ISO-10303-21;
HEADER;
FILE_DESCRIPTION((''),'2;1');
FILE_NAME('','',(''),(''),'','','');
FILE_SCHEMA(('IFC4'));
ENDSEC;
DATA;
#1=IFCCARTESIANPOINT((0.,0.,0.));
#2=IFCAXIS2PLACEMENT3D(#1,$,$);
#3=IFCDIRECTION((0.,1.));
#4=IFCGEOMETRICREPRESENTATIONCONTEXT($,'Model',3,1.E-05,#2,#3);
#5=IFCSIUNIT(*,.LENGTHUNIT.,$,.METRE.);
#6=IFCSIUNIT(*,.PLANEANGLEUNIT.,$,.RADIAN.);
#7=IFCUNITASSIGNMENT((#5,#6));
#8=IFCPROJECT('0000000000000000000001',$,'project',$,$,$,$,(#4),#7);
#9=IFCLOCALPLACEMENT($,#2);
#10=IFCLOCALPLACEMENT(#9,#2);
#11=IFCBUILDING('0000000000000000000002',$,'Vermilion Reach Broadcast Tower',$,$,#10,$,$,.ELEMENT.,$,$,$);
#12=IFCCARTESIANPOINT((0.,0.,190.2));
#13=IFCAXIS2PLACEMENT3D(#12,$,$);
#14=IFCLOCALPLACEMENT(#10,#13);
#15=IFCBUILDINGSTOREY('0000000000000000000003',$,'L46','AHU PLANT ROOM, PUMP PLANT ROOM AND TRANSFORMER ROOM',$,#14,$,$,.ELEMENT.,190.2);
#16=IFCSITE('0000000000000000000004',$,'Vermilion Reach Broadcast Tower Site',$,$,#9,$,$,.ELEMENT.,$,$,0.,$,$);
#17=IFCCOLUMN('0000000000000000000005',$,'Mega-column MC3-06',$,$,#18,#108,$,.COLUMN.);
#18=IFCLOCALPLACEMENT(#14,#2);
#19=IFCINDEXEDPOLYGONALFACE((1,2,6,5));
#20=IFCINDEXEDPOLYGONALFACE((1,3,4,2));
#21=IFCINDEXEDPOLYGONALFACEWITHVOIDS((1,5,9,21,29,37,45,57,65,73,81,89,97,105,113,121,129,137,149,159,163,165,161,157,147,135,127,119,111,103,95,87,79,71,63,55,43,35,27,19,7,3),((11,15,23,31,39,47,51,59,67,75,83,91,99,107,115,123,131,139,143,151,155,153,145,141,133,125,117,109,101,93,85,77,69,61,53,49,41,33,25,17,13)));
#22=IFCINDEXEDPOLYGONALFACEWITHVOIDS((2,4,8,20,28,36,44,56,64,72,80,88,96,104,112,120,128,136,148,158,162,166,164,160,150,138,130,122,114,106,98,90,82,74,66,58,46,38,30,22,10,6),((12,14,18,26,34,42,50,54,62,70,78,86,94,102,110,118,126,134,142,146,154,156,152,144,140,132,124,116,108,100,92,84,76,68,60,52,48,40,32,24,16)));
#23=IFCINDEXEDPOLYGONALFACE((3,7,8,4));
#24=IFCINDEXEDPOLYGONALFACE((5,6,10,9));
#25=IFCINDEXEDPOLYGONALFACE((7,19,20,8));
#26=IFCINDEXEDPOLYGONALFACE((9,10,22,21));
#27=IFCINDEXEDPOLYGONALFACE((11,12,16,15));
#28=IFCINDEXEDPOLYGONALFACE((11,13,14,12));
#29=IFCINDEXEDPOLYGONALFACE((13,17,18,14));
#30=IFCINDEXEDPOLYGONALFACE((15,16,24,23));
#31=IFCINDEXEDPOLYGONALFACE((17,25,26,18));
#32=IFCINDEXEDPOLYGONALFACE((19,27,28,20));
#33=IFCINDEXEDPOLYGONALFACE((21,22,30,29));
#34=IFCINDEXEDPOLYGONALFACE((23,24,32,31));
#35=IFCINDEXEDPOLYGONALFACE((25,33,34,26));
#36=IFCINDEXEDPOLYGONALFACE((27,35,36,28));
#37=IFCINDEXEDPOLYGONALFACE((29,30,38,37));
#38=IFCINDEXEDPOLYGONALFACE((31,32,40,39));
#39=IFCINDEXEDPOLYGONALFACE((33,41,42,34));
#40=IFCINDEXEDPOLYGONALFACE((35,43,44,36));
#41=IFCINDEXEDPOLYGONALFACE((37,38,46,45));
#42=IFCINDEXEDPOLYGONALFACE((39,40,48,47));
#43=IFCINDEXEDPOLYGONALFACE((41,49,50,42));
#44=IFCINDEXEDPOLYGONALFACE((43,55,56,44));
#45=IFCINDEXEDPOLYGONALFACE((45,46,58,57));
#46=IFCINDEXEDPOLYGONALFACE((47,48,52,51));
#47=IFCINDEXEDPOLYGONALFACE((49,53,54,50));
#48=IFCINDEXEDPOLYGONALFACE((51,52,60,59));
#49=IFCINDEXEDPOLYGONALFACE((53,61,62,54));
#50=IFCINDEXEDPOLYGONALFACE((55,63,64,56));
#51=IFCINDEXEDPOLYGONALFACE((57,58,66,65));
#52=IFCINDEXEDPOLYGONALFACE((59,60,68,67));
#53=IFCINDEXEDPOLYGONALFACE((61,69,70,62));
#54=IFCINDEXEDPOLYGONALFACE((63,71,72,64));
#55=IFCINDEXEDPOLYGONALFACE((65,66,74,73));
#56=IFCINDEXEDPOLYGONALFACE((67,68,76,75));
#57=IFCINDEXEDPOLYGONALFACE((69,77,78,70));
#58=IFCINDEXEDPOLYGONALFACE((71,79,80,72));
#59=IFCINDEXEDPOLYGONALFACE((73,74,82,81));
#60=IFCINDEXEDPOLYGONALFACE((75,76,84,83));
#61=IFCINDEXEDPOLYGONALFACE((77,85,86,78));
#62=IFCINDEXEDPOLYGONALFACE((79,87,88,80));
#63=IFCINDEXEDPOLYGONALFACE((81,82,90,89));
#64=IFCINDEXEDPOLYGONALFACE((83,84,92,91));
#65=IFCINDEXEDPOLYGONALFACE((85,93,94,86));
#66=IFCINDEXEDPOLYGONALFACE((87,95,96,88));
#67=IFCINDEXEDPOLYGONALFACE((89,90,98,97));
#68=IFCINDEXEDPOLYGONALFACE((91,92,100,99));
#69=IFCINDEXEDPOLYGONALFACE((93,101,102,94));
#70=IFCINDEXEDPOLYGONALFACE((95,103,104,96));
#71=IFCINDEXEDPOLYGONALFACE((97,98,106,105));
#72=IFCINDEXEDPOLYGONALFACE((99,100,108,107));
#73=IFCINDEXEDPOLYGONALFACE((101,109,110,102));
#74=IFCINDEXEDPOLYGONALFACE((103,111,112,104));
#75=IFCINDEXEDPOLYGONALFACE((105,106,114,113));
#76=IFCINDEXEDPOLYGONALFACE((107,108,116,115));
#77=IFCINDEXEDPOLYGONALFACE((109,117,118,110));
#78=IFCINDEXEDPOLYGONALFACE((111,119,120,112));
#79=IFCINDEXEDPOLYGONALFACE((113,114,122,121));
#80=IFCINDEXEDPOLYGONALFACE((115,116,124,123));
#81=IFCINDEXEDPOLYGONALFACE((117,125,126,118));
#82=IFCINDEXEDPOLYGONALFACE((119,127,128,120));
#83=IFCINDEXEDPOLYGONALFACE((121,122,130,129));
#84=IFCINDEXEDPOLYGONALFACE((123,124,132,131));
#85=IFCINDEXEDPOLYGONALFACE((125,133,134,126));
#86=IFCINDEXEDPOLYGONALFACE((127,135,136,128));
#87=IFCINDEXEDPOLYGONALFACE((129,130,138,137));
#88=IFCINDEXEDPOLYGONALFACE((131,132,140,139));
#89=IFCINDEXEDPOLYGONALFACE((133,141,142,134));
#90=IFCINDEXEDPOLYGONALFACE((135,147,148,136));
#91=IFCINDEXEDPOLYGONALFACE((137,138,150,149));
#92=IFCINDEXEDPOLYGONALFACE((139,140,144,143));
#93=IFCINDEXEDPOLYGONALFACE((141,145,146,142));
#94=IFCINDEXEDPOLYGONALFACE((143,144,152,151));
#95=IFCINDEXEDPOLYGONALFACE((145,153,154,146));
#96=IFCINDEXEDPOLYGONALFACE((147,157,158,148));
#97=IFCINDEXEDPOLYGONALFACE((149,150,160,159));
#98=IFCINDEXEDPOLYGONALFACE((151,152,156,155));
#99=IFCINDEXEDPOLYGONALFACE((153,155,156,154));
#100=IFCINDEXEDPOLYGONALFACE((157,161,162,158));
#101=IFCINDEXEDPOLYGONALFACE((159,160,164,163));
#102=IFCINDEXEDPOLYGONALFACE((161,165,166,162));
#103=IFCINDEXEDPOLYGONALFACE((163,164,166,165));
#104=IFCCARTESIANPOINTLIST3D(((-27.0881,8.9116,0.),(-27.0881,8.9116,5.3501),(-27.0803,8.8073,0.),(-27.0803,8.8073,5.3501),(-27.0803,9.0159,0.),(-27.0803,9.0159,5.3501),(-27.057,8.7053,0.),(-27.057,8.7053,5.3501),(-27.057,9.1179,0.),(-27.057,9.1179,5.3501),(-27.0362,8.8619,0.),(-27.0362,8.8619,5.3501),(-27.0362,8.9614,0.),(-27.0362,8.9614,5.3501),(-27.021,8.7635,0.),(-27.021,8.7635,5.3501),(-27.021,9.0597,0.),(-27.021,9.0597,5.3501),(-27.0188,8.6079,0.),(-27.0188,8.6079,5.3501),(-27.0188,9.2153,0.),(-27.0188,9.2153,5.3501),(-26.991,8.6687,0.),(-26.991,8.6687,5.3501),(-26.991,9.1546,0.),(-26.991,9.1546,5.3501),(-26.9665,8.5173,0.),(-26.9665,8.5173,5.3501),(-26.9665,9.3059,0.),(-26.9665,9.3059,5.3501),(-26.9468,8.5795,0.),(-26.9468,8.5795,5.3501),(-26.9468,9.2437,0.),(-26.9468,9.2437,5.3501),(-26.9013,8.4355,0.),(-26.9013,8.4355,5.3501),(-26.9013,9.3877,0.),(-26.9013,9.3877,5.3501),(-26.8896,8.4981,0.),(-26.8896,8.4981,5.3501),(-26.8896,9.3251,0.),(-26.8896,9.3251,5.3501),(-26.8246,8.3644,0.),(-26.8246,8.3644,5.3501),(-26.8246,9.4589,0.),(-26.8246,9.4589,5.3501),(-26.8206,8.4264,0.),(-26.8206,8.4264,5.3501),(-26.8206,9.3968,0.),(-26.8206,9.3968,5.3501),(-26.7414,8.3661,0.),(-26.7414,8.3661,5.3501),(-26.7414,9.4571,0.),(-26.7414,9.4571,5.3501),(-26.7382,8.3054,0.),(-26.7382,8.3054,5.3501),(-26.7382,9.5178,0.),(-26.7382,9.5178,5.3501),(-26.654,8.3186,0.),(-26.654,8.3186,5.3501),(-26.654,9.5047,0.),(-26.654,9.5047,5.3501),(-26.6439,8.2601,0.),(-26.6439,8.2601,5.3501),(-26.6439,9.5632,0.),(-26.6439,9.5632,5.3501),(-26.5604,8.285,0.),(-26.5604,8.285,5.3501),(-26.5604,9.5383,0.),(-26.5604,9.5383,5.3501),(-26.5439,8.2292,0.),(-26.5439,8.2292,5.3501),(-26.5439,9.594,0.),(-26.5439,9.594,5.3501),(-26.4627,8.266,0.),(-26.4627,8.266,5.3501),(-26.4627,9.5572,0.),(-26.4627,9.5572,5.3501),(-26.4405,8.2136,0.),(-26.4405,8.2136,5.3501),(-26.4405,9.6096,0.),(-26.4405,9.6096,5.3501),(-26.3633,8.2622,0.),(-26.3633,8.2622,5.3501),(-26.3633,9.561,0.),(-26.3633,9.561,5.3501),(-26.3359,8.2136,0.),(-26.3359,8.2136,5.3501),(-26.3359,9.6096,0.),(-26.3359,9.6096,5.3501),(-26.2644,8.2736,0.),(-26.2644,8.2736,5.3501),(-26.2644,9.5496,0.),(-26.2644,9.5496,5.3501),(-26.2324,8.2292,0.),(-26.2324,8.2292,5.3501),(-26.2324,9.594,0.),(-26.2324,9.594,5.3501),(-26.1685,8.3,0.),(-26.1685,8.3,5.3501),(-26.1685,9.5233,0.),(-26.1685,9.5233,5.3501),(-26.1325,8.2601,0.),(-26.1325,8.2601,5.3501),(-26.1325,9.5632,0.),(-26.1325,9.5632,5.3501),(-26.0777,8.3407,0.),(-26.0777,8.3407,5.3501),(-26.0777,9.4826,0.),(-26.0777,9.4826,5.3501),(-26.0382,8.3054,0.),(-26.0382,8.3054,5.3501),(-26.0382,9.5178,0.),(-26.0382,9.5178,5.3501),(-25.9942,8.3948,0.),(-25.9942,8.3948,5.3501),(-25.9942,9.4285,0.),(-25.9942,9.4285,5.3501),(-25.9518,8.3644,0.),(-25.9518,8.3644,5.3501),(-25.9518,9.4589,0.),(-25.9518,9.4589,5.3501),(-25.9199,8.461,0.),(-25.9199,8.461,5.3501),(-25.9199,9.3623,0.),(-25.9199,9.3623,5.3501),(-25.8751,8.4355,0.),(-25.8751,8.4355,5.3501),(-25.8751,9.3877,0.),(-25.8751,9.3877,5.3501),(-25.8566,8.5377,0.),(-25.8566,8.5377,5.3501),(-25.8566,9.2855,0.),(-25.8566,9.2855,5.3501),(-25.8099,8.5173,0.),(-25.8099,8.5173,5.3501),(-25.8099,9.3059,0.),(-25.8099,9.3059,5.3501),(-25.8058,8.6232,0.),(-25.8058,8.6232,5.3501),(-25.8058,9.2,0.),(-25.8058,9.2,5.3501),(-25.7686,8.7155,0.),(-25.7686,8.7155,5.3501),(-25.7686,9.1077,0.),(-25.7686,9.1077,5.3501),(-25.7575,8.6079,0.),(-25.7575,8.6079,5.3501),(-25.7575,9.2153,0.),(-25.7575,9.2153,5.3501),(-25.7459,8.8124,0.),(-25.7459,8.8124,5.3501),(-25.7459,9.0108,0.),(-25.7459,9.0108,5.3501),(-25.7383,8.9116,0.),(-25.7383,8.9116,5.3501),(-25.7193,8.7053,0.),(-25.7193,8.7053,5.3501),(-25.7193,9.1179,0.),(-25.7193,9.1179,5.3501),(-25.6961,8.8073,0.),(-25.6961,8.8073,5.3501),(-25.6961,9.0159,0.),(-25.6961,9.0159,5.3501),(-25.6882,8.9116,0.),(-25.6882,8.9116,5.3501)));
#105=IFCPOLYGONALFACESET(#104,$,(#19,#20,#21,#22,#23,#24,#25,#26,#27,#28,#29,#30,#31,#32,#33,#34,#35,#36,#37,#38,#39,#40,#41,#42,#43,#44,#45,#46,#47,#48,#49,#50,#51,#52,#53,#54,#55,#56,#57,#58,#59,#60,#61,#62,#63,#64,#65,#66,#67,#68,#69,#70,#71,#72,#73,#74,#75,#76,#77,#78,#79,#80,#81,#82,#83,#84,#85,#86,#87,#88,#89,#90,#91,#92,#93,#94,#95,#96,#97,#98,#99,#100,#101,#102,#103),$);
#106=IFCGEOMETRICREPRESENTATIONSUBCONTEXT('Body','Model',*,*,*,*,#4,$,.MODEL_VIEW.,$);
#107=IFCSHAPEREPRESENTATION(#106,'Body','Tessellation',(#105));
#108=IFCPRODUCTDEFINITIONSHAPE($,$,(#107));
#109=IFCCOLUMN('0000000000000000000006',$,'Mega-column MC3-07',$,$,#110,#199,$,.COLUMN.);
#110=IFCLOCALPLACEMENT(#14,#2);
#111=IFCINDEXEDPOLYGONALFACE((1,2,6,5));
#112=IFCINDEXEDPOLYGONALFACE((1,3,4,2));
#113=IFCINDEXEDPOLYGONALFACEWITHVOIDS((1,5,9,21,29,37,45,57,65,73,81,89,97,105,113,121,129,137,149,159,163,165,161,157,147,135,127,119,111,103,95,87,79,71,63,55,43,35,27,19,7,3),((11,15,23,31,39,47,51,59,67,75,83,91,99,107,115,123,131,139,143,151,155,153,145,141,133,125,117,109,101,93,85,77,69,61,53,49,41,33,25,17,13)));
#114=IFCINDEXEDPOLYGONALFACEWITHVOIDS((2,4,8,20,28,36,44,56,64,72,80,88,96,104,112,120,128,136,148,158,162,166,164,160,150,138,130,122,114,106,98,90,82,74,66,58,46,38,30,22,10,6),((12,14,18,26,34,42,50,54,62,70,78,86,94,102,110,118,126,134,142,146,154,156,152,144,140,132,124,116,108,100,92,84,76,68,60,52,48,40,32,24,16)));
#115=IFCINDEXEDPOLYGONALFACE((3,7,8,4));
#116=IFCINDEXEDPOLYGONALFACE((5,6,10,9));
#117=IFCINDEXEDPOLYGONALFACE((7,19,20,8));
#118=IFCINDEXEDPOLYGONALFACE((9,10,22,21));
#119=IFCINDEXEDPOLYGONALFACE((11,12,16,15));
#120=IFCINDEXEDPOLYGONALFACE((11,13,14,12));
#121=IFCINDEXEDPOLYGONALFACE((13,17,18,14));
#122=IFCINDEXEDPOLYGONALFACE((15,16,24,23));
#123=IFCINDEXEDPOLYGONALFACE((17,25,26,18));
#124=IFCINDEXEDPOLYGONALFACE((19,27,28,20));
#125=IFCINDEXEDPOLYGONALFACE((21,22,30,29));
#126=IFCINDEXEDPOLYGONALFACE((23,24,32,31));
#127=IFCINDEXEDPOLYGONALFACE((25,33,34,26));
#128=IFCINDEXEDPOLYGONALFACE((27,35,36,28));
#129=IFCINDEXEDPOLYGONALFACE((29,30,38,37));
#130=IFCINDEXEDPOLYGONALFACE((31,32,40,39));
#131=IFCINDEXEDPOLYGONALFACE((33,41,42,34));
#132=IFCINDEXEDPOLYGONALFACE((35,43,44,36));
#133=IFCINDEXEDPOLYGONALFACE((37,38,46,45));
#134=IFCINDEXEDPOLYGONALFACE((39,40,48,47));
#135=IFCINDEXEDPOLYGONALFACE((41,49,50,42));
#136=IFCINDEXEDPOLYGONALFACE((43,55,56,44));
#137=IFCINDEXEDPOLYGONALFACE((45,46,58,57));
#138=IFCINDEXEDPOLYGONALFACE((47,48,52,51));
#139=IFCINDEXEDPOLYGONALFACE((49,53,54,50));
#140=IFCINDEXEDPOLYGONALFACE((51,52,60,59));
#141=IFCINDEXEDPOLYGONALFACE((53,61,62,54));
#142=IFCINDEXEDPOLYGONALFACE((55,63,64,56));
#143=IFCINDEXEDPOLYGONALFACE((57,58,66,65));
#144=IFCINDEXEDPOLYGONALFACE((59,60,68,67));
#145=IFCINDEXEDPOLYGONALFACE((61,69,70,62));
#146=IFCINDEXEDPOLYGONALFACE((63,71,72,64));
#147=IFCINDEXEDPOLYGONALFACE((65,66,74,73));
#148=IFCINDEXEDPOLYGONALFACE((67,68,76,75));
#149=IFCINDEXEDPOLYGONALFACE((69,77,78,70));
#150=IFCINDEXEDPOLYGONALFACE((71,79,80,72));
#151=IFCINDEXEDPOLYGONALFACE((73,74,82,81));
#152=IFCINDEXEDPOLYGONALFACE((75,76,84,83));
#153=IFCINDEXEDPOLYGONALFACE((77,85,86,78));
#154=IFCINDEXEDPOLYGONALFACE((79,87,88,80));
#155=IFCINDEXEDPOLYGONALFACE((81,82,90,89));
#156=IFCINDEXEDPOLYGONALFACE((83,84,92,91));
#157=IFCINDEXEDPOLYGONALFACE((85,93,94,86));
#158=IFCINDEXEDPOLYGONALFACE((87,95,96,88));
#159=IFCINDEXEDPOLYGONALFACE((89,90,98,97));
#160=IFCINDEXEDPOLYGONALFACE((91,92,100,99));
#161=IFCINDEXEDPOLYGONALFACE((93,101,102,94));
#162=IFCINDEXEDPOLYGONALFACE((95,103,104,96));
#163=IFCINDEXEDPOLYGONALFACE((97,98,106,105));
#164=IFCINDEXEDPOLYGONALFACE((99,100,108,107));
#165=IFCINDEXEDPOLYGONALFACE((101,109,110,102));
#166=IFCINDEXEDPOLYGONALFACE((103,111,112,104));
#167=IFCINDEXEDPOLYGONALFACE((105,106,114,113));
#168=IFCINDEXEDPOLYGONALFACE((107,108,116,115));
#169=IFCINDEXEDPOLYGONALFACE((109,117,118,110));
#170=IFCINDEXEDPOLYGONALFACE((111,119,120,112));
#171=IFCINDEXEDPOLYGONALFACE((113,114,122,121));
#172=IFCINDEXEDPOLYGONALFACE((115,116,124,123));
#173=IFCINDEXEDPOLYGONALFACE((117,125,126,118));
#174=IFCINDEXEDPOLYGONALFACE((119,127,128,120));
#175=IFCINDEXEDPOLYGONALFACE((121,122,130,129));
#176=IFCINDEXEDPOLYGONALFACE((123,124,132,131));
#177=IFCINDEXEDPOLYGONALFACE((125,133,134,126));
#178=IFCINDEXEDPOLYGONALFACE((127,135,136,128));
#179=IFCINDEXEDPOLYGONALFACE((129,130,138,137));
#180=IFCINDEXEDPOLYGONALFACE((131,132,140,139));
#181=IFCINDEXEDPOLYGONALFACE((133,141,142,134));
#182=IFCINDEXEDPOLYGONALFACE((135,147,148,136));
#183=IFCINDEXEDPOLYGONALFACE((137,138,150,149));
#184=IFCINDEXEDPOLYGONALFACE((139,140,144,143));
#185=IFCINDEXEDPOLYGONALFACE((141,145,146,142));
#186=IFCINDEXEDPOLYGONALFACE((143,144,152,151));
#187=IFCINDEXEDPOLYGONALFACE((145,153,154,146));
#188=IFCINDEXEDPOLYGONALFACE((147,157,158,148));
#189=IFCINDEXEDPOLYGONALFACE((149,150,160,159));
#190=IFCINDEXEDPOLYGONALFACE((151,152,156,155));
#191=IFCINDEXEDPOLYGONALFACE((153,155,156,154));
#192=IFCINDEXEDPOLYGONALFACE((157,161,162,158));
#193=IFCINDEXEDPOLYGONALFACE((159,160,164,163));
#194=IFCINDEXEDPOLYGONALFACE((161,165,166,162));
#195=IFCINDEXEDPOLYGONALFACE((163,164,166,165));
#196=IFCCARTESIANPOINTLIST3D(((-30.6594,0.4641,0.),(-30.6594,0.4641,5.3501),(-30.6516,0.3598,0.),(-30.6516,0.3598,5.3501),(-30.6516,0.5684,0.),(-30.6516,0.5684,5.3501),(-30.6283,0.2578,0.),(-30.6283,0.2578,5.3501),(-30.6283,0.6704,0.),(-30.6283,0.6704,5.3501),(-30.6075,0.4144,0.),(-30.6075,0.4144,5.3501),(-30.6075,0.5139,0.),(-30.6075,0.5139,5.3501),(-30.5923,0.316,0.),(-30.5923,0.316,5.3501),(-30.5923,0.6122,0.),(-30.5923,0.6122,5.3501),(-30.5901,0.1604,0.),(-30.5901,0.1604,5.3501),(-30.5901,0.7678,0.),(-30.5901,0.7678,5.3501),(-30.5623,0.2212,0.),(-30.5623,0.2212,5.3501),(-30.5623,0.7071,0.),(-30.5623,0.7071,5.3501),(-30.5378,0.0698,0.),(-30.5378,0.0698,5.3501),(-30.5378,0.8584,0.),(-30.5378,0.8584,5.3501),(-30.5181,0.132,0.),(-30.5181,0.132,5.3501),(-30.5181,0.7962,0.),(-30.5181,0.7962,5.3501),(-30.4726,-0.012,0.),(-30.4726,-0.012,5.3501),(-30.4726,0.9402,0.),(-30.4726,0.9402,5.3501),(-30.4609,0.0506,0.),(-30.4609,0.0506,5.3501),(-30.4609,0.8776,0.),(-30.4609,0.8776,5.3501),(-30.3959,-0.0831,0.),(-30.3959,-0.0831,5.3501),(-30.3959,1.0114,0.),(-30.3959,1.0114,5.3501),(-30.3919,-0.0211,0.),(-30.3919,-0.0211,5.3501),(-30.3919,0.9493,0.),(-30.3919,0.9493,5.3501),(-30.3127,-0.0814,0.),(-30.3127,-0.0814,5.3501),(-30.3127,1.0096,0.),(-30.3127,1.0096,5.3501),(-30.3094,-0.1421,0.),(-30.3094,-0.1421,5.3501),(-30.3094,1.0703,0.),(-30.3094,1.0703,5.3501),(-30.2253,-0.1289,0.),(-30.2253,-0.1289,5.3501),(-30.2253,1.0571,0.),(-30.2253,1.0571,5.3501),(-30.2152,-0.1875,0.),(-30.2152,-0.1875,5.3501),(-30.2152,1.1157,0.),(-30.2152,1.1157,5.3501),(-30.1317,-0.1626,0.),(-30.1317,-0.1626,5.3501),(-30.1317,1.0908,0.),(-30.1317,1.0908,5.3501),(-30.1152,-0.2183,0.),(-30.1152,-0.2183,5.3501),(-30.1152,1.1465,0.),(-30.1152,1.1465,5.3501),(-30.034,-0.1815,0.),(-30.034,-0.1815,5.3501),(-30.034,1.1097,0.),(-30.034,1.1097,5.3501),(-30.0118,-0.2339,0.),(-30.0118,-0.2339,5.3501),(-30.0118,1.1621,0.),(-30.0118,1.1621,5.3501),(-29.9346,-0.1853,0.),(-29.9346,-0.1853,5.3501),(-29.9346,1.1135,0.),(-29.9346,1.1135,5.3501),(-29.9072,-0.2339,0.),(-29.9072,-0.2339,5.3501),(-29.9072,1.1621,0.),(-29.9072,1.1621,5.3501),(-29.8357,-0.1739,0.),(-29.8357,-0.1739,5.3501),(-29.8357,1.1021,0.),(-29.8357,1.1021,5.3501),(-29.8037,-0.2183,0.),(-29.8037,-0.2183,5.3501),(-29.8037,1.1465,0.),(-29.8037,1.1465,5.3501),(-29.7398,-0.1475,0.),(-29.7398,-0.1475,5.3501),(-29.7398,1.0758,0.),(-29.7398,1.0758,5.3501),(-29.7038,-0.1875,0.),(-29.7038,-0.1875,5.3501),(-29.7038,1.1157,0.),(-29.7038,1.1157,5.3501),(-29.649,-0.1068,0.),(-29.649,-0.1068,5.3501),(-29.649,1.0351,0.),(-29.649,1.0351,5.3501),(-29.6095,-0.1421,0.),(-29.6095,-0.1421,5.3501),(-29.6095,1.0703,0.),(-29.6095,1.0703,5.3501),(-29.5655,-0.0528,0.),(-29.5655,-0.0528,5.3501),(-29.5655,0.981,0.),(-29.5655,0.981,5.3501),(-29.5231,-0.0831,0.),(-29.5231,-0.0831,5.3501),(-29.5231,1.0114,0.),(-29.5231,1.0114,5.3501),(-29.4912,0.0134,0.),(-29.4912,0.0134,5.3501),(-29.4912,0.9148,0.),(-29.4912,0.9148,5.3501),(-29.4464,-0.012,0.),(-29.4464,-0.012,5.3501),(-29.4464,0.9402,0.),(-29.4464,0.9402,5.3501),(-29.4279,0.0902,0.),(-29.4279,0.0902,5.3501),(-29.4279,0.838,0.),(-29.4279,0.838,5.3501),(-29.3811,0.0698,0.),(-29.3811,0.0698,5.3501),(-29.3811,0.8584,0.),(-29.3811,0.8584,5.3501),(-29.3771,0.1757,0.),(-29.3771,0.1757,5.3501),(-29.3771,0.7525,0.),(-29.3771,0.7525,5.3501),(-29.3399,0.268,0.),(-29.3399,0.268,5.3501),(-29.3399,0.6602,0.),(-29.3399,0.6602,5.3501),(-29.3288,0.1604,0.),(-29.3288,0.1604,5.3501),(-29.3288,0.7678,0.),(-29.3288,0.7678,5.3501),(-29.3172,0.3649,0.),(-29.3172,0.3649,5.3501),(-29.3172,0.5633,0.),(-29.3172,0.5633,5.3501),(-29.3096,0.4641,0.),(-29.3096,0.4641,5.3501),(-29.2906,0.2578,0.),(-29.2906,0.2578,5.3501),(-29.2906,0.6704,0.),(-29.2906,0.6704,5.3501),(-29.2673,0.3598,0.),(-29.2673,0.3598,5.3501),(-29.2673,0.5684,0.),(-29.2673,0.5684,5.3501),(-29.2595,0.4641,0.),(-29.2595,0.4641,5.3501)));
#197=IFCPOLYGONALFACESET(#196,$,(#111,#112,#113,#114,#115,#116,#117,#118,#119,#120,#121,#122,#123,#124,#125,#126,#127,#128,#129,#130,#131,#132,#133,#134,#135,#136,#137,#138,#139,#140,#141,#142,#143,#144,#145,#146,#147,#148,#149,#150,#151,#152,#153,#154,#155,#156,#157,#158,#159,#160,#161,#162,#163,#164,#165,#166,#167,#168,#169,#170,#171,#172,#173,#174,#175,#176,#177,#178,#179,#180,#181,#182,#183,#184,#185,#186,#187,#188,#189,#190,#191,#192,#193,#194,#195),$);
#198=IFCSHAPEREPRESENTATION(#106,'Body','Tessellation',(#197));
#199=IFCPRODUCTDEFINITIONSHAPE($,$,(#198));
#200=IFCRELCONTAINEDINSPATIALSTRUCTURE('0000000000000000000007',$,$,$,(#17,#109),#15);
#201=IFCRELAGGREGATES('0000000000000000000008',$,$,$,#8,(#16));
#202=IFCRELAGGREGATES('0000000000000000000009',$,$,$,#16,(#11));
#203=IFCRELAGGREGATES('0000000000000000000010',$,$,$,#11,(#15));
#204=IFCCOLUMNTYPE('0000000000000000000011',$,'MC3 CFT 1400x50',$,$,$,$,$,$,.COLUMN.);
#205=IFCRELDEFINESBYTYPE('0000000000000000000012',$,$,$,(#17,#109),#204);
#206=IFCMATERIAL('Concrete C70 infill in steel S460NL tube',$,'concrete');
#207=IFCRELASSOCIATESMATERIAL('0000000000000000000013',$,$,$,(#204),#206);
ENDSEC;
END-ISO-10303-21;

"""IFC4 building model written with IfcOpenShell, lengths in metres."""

from ifc_helpers import new_model, si_unit, direction, frame, origin, origin_2d, place, context, subcontext, project, spatial, hollow_circle, extrude, material, material_profile, profile_set, type_object, element, save


model = new_model("IFC4")

# Units and contexts
model_context = context("Model", 3, precision=1e-05, world=origin(), true_north=direction((0.0, 1.0)))
body_context = subcontext(model_context, "Body", "Model", "MODEL_VIEW")
ifc_project = project(units=[si_unit("LENGTHUNIT", "METRE"), si_unit("PLANEANGLEUNIT", "RADIAN")], contexts=[model_context])

# Site, building, storey
site_placement = place(None, origin())
site = spatial("IfcSite", under=ifc_project, at=site_placement, Name="Vermilion Reach Broadcast Tower Site", CompositionType="ELEMENT", RefElevation=0.0)
building_placement = place(site_placement, origin())
building = spatial("IfcBuilding", under=site, at=building_placement, Name="Vermilion Reach Broadcast Tower", CompositionType="ELEMENT")
storey_placement = place(building_placement, frame((0.0, 0.0, 190.2)))
storey = spatial("IfcBuildingStorey", under=building, at=storey_placement, Name="L46", Description="AHU PLANT ROOM, PUMP PLANT ROOM AND TRANSFORMER ROOM", CompositionType="ELEMENT", Elevation=190.2)

# Columns
ifc_material_1 = material(Name="Concrete C70 infill in steel S460NL tube", Category="concrete")
ifc_material_profile_1 = material_profile(ifc_material_1, hollow_circle(Radius=0.7, WallThickness=0.05, at=origin_2d()), Name="Concrete C70 infill in steel S460NL tube CFT 1400x50")
ifc_profile_set_1 = profile_set([ifc_material_profile_1], Name="Concrete C70 infill in steel S460NL tube")
column_type = type_object("IfcColumnType", Name="MC3 CFT 1400x50", PredefinedType="COLUMN", material=ifc_profile_set_1)
for number, where, z_axis, x_axis, name in (
    (1, (-26.3882, 8.9116, 0.0), (0.0, 0.0, 1.0), (1.0, 0.0, 0.0), "Mega-column MC3-06"),
    (2, (-29.9595, 0.4641, 0.0), (0.0, 0.0, 1.0), (1.0, 0.0, 0.0), "Mega-column MC3-07"),
):
    element("IfcColumn", number, at=place(storey_placement, frame(where, z_axis=z_axis, x_axis=x_axis)), inside=storey, type_object=column_type, Name=name, PredefinedType="COLUMN", context=body_context, shape_type="SweptSolid", body=[
        extrude(hollow_circle(Radius=0.7, WallThickness=0.05, at=origin_2d()), origin(), (0.0, 0.0, 1.0), 5.3501),
    ])

save(model, "model.ifc")
